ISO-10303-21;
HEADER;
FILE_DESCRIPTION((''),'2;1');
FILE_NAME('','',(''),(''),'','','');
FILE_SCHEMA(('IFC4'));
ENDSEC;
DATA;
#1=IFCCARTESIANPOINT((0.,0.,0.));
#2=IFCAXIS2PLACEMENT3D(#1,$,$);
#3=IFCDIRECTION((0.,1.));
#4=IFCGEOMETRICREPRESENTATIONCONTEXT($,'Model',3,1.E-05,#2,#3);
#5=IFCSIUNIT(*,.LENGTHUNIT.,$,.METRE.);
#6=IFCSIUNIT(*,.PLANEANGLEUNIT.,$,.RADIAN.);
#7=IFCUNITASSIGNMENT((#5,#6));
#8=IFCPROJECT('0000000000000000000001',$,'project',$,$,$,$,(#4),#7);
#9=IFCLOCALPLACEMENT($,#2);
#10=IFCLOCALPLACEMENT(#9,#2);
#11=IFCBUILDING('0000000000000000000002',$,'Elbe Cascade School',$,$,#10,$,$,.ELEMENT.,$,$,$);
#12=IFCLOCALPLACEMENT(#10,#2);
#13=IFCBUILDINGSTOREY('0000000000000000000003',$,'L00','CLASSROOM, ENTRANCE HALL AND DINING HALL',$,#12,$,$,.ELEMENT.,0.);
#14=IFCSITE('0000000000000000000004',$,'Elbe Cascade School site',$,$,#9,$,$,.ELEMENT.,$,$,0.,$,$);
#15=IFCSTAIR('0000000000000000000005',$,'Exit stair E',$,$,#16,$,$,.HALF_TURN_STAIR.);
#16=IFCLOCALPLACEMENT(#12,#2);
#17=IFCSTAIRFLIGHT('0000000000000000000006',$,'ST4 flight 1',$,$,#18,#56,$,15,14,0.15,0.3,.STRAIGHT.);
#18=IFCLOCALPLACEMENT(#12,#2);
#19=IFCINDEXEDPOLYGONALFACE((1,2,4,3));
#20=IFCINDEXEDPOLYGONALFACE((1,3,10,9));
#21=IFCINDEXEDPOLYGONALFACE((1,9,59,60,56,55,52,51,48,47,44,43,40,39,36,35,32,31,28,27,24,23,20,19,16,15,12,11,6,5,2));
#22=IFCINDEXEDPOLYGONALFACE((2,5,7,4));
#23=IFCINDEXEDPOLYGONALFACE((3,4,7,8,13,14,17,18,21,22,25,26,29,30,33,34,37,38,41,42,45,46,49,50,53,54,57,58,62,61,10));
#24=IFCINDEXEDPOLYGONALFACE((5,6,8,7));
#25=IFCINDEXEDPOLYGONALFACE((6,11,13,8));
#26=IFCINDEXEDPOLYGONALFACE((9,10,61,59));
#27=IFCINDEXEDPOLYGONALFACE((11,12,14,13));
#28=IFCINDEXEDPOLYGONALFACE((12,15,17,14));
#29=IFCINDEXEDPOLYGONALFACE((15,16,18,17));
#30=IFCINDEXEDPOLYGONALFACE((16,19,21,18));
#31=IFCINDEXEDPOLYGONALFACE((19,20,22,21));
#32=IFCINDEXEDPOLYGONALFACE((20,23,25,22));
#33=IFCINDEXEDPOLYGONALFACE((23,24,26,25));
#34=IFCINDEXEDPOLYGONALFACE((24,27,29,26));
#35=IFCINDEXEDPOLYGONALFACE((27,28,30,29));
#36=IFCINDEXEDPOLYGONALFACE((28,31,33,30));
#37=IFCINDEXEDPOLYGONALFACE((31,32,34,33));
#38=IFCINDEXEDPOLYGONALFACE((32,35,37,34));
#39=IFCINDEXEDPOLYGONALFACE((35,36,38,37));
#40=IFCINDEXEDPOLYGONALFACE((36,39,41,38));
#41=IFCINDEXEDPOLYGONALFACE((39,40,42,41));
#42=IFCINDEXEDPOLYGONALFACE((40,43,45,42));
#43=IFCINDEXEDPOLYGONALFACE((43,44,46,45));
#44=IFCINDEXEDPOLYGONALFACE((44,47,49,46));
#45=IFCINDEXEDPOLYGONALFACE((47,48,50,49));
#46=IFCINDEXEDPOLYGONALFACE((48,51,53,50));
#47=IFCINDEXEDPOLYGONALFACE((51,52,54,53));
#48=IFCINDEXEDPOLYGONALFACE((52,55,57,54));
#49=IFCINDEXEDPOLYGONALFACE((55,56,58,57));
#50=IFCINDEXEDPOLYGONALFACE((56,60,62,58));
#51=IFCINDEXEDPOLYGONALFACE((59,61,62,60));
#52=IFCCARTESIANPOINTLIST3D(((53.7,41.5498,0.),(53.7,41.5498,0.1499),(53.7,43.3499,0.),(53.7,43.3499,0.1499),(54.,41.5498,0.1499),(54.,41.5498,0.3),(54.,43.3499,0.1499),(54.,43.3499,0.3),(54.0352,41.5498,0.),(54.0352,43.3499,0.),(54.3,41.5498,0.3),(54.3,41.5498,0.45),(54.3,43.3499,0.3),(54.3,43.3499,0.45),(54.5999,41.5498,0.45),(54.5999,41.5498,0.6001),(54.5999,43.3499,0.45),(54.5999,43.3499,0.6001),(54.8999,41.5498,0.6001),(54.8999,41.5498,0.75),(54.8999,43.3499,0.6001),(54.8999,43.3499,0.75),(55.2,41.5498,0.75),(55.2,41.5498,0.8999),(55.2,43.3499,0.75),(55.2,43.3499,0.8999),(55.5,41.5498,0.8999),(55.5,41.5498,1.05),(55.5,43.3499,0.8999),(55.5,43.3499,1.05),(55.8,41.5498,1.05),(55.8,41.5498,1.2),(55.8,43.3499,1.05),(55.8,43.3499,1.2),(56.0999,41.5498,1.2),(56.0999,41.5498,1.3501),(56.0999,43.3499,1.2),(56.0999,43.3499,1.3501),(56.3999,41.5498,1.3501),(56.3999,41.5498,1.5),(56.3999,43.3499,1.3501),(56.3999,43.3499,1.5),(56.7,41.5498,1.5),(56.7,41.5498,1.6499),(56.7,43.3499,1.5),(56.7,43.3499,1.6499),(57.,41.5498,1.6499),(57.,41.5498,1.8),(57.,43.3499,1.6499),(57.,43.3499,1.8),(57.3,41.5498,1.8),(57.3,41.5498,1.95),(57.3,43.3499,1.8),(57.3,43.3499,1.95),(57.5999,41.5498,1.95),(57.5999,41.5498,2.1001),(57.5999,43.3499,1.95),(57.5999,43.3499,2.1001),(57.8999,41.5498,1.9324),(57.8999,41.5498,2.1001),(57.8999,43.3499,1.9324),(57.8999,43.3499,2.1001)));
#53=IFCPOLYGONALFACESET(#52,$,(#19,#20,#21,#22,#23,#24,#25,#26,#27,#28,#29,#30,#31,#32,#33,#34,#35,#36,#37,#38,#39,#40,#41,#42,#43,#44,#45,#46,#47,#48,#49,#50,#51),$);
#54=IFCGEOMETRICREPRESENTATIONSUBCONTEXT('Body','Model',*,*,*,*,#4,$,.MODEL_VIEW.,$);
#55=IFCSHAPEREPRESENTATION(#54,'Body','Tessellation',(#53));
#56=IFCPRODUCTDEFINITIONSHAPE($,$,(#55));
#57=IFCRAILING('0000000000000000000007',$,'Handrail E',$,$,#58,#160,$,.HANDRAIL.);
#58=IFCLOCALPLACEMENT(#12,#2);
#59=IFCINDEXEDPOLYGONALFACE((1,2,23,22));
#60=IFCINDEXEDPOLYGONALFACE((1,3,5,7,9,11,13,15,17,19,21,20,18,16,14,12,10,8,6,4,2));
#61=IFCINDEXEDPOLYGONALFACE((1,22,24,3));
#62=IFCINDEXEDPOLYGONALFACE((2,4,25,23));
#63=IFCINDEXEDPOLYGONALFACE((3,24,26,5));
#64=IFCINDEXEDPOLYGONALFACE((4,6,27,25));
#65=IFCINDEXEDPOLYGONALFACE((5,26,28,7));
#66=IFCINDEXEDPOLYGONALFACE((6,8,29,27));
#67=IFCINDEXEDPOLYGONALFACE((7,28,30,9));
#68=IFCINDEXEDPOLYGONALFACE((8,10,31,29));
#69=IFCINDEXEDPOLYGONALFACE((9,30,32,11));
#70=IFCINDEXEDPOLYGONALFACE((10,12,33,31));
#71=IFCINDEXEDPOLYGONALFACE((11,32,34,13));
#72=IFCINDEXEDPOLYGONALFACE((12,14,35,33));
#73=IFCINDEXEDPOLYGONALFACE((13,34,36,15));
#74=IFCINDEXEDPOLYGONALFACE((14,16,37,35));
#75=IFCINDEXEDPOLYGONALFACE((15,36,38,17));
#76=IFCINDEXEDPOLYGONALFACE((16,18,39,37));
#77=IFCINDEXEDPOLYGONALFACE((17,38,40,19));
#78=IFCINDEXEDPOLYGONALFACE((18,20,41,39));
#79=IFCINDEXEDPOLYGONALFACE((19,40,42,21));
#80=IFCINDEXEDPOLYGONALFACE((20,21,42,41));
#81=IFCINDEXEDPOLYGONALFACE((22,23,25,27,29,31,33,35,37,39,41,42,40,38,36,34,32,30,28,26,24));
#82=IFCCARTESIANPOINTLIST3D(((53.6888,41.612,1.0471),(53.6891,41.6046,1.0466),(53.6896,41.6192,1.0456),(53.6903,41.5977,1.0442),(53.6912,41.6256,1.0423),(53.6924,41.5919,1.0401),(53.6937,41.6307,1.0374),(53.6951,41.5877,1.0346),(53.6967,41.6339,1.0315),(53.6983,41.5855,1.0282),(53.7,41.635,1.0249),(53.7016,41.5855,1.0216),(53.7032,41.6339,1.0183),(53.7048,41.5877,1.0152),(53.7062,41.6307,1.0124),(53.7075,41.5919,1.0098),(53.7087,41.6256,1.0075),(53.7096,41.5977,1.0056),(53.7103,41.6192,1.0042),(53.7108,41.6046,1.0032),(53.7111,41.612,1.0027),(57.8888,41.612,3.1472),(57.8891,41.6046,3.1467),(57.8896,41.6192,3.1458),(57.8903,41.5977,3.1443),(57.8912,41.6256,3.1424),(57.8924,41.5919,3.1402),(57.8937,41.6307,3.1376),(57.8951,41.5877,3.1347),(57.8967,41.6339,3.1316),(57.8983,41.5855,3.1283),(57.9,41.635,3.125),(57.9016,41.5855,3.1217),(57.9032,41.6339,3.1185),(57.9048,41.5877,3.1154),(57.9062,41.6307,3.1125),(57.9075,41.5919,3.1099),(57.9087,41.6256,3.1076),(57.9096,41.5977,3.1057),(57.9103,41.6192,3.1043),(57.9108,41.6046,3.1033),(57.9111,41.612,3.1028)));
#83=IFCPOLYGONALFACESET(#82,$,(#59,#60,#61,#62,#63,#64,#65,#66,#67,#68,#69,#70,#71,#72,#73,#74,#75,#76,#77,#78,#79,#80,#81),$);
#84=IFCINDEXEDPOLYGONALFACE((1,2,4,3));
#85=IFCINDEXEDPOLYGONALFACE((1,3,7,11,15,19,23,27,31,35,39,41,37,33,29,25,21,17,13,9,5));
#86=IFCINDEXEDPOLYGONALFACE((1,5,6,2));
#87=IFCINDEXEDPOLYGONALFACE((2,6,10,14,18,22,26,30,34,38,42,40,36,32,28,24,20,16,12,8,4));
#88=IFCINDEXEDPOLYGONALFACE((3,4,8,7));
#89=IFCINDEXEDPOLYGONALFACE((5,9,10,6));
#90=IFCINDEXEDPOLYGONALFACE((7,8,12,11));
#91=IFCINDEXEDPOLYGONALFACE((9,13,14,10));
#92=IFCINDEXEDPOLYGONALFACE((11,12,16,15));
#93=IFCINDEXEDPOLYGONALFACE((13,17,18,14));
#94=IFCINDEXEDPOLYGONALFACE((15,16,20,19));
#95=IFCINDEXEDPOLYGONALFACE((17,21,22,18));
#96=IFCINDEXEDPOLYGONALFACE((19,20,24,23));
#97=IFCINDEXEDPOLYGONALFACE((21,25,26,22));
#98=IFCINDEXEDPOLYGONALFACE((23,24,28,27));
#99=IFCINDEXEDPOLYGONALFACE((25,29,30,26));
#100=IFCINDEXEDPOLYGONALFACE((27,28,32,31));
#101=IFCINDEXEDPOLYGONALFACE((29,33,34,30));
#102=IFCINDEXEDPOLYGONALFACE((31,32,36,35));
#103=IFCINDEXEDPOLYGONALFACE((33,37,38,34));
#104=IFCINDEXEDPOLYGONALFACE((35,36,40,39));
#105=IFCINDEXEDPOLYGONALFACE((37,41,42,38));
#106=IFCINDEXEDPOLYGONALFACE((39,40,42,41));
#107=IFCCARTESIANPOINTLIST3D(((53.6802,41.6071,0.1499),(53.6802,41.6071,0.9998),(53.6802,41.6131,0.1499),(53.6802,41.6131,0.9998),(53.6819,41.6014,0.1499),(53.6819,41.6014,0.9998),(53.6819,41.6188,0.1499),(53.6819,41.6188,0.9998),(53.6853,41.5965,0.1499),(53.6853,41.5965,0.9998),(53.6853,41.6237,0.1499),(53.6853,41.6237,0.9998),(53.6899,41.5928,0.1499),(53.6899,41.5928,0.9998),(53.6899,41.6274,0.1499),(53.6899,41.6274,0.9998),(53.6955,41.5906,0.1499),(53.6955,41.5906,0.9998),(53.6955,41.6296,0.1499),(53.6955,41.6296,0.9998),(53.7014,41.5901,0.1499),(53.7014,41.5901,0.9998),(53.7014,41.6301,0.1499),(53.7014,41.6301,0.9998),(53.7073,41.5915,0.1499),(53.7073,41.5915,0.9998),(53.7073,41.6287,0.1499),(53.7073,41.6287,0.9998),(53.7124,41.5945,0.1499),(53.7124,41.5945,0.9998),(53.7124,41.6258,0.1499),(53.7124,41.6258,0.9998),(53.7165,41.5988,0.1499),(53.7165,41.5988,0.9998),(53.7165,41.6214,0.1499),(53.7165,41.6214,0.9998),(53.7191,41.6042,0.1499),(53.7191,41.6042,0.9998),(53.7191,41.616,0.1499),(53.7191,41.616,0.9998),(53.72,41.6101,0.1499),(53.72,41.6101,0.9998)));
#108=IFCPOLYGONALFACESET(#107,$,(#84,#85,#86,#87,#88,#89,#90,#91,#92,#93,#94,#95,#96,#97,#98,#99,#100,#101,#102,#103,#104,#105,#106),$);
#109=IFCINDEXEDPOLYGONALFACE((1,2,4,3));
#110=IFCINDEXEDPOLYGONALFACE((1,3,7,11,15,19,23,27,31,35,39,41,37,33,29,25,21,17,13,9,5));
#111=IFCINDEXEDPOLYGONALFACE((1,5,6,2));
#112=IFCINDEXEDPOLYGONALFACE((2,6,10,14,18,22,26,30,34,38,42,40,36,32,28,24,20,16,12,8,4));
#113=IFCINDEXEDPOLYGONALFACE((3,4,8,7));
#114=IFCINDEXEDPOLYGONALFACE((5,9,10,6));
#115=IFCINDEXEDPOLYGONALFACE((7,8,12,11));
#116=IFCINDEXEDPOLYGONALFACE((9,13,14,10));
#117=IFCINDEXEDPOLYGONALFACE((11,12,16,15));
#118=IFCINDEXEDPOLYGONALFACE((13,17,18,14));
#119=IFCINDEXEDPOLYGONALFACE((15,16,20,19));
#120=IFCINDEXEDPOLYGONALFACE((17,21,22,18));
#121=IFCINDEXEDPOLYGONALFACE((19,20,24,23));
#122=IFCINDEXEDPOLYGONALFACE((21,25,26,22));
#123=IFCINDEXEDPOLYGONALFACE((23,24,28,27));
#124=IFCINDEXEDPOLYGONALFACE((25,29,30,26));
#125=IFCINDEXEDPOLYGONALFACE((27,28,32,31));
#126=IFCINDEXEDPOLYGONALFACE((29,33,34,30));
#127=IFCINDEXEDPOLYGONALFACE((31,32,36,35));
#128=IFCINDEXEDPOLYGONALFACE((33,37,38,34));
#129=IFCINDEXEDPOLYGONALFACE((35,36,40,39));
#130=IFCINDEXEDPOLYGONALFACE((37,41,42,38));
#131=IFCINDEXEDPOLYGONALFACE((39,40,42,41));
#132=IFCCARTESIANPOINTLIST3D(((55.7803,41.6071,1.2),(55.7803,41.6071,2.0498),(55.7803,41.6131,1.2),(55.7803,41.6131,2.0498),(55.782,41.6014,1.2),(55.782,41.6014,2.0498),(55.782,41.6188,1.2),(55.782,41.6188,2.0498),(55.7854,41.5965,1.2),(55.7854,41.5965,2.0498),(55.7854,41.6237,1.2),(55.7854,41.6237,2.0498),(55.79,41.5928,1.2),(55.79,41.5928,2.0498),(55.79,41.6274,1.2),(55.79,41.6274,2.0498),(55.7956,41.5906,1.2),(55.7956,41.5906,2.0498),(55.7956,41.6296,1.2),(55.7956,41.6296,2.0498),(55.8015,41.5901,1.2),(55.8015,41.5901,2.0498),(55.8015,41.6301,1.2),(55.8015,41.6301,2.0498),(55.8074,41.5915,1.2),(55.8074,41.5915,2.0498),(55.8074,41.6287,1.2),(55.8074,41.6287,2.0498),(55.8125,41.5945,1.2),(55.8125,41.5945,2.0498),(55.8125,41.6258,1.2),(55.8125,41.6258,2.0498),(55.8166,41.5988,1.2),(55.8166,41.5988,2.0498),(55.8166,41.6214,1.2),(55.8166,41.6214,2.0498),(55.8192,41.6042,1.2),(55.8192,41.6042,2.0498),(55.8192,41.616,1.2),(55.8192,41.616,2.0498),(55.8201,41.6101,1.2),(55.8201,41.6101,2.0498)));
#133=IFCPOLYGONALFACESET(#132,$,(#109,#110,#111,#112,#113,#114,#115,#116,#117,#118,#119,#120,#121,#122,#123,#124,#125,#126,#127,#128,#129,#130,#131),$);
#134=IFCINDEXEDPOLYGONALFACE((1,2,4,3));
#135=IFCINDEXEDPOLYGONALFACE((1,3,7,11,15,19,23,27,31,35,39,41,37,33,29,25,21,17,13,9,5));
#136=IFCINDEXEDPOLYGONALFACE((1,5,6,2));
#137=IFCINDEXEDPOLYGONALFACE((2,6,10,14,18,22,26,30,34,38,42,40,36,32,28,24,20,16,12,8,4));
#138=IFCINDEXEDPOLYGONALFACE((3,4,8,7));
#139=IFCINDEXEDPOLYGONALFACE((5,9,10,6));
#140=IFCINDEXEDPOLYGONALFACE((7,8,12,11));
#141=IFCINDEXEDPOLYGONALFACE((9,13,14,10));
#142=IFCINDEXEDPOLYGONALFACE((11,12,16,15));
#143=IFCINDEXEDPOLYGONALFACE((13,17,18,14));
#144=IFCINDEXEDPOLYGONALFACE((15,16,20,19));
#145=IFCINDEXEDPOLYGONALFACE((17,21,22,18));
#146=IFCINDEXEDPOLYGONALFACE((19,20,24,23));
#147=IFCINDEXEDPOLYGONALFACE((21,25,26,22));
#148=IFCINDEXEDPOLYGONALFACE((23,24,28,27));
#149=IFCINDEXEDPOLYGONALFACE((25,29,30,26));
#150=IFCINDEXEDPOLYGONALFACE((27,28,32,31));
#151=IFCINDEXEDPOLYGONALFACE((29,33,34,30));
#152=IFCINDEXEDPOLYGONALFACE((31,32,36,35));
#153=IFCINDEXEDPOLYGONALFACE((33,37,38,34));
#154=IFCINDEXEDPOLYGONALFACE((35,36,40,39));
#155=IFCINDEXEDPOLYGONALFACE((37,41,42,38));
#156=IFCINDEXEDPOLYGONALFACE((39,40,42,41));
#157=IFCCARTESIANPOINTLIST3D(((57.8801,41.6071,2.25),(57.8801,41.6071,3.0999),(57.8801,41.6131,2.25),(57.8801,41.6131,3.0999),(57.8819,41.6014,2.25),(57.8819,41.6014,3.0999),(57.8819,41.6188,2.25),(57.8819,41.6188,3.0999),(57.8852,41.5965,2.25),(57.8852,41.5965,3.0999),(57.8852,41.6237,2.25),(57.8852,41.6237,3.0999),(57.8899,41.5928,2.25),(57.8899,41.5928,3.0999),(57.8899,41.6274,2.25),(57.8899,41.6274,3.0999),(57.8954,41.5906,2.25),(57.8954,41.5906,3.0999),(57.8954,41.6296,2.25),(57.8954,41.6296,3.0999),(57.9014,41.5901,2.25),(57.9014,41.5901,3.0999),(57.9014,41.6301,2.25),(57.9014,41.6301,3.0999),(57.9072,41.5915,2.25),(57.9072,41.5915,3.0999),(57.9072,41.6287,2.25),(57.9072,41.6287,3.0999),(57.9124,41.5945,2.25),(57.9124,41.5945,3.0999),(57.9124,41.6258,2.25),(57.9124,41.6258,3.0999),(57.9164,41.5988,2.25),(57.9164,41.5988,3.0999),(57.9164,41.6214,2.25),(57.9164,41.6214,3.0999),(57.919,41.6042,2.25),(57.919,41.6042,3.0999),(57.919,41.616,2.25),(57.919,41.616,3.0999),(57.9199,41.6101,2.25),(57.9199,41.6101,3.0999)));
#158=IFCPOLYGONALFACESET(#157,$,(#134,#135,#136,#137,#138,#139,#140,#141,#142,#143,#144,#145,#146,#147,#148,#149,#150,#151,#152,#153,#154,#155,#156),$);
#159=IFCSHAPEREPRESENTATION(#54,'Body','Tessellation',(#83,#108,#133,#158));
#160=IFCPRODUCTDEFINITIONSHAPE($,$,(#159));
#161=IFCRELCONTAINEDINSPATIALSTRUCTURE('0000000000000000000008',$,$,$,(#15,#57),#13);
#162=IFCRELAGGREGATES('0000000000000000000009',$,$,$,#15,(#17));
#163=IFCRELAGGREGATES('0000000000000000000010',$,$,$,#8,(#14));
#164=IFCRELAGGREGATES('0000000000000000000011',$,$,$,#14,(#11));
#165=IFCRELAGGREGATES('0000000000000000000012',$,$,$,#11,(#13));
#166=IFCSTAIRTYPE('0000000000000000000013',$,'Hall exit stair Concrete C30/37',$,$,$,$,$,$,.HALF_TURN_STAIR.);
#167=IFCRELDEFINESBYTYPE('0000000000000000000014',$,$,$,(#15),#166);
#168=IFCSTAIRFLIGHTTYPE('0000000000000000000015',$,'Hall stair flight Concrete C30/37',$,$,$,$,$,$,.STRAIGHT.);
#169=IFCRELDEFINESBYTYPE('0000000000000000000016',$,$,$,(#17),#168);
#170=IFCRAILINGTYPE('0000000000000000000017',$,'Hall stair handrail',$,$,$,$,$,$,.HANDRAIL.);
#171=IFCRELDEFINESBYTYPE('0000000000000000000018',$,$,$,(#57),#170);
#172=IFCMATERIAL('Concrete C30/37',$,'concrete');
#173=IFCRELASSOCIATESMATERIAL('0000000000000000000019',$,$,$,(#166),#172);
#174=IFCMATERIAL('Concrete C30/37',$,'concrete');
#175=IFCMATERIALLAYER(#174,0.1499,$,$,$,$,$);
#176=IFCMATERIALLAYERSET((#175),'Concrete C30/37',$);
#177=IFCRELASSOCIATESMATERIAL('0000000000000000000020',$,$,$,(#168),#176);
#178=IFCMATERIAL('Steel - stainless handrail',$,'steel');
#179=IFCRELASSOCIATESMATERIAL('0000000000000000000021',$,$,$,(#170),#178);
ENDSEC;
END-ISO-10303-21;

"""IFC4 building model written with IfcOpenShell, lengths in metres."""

from ifc_helpers import new_model, si_unit, direction, frame, origin, origin_2d, place, context, subcontext, project, spatial, polyline, circle, outline, extrude, material, layer, layer_set, type_object, element, aggregate, save


model = new_model("IFC4")

# Units and contexts
model_context = context("Model", 3, precision=1e-05, world=origin(), true_north=direction((0.0, 1.0)))
body_context = subcontext(model_context, "Body", "Model", "MODEL_VIEW")
ifc_project = project(units=[si_unit("LENGTHUNIT", "METRE"), si_unit("PLANEANGLEUNIT", "RADIAN")], contexts=[model_context])

# Site, building, storey
site_placement = place(None, origin())
site = spatial("IfcSite", under=ifc_project, at=site_placement, Name="Elbe Cascade School site", CompositionType="ELEMENT", RefElevation=0.0)
building_placement = place(site_placement, origin())
building = spatial("IfcBuilding", under=site, at=building_placement, Name="Elbe Cascade School", CompositionType="ELEMENT")
storey_placement = place(building_placement, origin())
storey = spatial("IfcBuildingStorey", under=building, at=storey_placement, Name="L00", Description="CLASSROOM, ENTRANCE HALL AND DINING HALL", CompositionType="ELEMENT", Elevation=0.0)

# Stair, stair flight
ifc_material_1 = material(Name="Concrete C30/37", Category="concrete")
stair_type = type_object("IfcStairType", Name="Hall exit stair Concrete C30/37", PredefinedType="HALF_TURN_STAIR", material=ifc_material_1)
stair_placement = place(storey_placement, origin())
stair = element("IfcStair", 1, at=stair_placement, inside=storey, type_object=stair_type, Name="Exit stair E", PredefinedType="HALF_TURN_STAIR")
ifc_material_2 = material(Name="Concrete C30/37", Category="concrete")
ifc_layer_1 = layer(ifc_material_2, 0.1499)
ifc_layer_set_1 = layer_set([ifc_layer_1], Name="Concrete C30/37")
stair_flight_type = type_object("IfcStairFlightType", Name="Hall stair flight Concrete C30/37", PredefinedType="STRAIGHT", material=ifc_layer_set_1)
stair_flight_placement = place(storey_placement, frame((53.7, 42.45, 0.0), z_axis=(0.0, 0.0, 1.0), x_axis=(1.0, 0.0, 0.0)))
stair_flight = element("IfcStairFlight", 2, at=stair_flight_placement, type_object=stair_flight_type, Name="ST4 flight 1", NumberOfRisers=15, NumberOfTreads=14, PredefinedType="STRAIGHT", RiserHeight=0.15, TreadLength=0.3, context=body_context, shape_type="SweptSolid", body=[
    extrude(outline(polyline([(0.0, 0.0), (0.0, 0.1499), (0.3, 0.1499), (0.3, 0.3), (0.6001, 0.3), (0.6001, 0.45), (0.8999, 0.45), (0.8999, 0.6001), (1.2, 0.6001), (1.2, 0.75), (1.5, 0.75), (1.5, 0.8999), (1.8, 0.8999), (1.8, 1.05), (2.1001, 1.05), (2.1001, 1.2), (2.3999, 1.2), (2.3999, 1.3501), (2.7, 1.3501), (2.7, 1.5), (3.0, 1.5), (3.0, 1.6499), (3.3, 1.6499), (3.3, 1.8), (3.6001, 1.8), (3.6001, 1.95), (3.8999, 1.95), (3.8999, 2.1001), (4.2, 2.1001), (4.2, 2.25), (4.2, 1.9324), (0.3352, 0.0), (0.0, 0.0)])), frame((0.0, 0.8999, 0.0), z_axis=(0.0, -1.0, 0.0), x_axis=(1.0, 0.0, 0.0)), (0.0, 0.0, 1.0), 1.8),
])
aggregate(stair, [stair_flight])

# Railing
ifc_material_3 = material(Name="Steel - stainless handrail", Category="steel")
railing_type = type_object("IfcRailingType", Name="Hall stair handrail", PredefinedType="HANDRAIL", material=ifc_material_3)
for number, where, name in (
    (3, (53.7, 41.6101, 0.1499), "Handrail E"),
):
    element("IfcRailing", number, at=place(storey_placement, frame(where)), inside=storey, type_object=railing_type, Name=name, PredefinedType="HANDRAIL", context=body_context, shape_type="SweptSolid", body=[
        extrude(circle(Radius=0.0249, at=origin_2d()), frame((0.0, 0.0, 0.875), z_axis=(0.894417, 0.0, 0.447234), x_axis=(0.0, 1.0, 0.0)), (0.0, 0.0, 1.0), 4.6958),
        extrude(circle(Radius=0.02, at=origin_2d()), origin(), (0.0, 0.0, 1.0), 0.8499),
        extrude(circle(Radius=0.02, at=origin_2d()), frame((2.1001, 0.0, 1.05)), (0.0, 0.0, 1.0), 0.8499),
        extrude(circle(Radius=0.02, at=origin_2d()), frame((4.2, 0.0, 2.1001)), (0.0, 0.0, 1.0), 0.8499),
    ])

save(model, "model.ifc")
